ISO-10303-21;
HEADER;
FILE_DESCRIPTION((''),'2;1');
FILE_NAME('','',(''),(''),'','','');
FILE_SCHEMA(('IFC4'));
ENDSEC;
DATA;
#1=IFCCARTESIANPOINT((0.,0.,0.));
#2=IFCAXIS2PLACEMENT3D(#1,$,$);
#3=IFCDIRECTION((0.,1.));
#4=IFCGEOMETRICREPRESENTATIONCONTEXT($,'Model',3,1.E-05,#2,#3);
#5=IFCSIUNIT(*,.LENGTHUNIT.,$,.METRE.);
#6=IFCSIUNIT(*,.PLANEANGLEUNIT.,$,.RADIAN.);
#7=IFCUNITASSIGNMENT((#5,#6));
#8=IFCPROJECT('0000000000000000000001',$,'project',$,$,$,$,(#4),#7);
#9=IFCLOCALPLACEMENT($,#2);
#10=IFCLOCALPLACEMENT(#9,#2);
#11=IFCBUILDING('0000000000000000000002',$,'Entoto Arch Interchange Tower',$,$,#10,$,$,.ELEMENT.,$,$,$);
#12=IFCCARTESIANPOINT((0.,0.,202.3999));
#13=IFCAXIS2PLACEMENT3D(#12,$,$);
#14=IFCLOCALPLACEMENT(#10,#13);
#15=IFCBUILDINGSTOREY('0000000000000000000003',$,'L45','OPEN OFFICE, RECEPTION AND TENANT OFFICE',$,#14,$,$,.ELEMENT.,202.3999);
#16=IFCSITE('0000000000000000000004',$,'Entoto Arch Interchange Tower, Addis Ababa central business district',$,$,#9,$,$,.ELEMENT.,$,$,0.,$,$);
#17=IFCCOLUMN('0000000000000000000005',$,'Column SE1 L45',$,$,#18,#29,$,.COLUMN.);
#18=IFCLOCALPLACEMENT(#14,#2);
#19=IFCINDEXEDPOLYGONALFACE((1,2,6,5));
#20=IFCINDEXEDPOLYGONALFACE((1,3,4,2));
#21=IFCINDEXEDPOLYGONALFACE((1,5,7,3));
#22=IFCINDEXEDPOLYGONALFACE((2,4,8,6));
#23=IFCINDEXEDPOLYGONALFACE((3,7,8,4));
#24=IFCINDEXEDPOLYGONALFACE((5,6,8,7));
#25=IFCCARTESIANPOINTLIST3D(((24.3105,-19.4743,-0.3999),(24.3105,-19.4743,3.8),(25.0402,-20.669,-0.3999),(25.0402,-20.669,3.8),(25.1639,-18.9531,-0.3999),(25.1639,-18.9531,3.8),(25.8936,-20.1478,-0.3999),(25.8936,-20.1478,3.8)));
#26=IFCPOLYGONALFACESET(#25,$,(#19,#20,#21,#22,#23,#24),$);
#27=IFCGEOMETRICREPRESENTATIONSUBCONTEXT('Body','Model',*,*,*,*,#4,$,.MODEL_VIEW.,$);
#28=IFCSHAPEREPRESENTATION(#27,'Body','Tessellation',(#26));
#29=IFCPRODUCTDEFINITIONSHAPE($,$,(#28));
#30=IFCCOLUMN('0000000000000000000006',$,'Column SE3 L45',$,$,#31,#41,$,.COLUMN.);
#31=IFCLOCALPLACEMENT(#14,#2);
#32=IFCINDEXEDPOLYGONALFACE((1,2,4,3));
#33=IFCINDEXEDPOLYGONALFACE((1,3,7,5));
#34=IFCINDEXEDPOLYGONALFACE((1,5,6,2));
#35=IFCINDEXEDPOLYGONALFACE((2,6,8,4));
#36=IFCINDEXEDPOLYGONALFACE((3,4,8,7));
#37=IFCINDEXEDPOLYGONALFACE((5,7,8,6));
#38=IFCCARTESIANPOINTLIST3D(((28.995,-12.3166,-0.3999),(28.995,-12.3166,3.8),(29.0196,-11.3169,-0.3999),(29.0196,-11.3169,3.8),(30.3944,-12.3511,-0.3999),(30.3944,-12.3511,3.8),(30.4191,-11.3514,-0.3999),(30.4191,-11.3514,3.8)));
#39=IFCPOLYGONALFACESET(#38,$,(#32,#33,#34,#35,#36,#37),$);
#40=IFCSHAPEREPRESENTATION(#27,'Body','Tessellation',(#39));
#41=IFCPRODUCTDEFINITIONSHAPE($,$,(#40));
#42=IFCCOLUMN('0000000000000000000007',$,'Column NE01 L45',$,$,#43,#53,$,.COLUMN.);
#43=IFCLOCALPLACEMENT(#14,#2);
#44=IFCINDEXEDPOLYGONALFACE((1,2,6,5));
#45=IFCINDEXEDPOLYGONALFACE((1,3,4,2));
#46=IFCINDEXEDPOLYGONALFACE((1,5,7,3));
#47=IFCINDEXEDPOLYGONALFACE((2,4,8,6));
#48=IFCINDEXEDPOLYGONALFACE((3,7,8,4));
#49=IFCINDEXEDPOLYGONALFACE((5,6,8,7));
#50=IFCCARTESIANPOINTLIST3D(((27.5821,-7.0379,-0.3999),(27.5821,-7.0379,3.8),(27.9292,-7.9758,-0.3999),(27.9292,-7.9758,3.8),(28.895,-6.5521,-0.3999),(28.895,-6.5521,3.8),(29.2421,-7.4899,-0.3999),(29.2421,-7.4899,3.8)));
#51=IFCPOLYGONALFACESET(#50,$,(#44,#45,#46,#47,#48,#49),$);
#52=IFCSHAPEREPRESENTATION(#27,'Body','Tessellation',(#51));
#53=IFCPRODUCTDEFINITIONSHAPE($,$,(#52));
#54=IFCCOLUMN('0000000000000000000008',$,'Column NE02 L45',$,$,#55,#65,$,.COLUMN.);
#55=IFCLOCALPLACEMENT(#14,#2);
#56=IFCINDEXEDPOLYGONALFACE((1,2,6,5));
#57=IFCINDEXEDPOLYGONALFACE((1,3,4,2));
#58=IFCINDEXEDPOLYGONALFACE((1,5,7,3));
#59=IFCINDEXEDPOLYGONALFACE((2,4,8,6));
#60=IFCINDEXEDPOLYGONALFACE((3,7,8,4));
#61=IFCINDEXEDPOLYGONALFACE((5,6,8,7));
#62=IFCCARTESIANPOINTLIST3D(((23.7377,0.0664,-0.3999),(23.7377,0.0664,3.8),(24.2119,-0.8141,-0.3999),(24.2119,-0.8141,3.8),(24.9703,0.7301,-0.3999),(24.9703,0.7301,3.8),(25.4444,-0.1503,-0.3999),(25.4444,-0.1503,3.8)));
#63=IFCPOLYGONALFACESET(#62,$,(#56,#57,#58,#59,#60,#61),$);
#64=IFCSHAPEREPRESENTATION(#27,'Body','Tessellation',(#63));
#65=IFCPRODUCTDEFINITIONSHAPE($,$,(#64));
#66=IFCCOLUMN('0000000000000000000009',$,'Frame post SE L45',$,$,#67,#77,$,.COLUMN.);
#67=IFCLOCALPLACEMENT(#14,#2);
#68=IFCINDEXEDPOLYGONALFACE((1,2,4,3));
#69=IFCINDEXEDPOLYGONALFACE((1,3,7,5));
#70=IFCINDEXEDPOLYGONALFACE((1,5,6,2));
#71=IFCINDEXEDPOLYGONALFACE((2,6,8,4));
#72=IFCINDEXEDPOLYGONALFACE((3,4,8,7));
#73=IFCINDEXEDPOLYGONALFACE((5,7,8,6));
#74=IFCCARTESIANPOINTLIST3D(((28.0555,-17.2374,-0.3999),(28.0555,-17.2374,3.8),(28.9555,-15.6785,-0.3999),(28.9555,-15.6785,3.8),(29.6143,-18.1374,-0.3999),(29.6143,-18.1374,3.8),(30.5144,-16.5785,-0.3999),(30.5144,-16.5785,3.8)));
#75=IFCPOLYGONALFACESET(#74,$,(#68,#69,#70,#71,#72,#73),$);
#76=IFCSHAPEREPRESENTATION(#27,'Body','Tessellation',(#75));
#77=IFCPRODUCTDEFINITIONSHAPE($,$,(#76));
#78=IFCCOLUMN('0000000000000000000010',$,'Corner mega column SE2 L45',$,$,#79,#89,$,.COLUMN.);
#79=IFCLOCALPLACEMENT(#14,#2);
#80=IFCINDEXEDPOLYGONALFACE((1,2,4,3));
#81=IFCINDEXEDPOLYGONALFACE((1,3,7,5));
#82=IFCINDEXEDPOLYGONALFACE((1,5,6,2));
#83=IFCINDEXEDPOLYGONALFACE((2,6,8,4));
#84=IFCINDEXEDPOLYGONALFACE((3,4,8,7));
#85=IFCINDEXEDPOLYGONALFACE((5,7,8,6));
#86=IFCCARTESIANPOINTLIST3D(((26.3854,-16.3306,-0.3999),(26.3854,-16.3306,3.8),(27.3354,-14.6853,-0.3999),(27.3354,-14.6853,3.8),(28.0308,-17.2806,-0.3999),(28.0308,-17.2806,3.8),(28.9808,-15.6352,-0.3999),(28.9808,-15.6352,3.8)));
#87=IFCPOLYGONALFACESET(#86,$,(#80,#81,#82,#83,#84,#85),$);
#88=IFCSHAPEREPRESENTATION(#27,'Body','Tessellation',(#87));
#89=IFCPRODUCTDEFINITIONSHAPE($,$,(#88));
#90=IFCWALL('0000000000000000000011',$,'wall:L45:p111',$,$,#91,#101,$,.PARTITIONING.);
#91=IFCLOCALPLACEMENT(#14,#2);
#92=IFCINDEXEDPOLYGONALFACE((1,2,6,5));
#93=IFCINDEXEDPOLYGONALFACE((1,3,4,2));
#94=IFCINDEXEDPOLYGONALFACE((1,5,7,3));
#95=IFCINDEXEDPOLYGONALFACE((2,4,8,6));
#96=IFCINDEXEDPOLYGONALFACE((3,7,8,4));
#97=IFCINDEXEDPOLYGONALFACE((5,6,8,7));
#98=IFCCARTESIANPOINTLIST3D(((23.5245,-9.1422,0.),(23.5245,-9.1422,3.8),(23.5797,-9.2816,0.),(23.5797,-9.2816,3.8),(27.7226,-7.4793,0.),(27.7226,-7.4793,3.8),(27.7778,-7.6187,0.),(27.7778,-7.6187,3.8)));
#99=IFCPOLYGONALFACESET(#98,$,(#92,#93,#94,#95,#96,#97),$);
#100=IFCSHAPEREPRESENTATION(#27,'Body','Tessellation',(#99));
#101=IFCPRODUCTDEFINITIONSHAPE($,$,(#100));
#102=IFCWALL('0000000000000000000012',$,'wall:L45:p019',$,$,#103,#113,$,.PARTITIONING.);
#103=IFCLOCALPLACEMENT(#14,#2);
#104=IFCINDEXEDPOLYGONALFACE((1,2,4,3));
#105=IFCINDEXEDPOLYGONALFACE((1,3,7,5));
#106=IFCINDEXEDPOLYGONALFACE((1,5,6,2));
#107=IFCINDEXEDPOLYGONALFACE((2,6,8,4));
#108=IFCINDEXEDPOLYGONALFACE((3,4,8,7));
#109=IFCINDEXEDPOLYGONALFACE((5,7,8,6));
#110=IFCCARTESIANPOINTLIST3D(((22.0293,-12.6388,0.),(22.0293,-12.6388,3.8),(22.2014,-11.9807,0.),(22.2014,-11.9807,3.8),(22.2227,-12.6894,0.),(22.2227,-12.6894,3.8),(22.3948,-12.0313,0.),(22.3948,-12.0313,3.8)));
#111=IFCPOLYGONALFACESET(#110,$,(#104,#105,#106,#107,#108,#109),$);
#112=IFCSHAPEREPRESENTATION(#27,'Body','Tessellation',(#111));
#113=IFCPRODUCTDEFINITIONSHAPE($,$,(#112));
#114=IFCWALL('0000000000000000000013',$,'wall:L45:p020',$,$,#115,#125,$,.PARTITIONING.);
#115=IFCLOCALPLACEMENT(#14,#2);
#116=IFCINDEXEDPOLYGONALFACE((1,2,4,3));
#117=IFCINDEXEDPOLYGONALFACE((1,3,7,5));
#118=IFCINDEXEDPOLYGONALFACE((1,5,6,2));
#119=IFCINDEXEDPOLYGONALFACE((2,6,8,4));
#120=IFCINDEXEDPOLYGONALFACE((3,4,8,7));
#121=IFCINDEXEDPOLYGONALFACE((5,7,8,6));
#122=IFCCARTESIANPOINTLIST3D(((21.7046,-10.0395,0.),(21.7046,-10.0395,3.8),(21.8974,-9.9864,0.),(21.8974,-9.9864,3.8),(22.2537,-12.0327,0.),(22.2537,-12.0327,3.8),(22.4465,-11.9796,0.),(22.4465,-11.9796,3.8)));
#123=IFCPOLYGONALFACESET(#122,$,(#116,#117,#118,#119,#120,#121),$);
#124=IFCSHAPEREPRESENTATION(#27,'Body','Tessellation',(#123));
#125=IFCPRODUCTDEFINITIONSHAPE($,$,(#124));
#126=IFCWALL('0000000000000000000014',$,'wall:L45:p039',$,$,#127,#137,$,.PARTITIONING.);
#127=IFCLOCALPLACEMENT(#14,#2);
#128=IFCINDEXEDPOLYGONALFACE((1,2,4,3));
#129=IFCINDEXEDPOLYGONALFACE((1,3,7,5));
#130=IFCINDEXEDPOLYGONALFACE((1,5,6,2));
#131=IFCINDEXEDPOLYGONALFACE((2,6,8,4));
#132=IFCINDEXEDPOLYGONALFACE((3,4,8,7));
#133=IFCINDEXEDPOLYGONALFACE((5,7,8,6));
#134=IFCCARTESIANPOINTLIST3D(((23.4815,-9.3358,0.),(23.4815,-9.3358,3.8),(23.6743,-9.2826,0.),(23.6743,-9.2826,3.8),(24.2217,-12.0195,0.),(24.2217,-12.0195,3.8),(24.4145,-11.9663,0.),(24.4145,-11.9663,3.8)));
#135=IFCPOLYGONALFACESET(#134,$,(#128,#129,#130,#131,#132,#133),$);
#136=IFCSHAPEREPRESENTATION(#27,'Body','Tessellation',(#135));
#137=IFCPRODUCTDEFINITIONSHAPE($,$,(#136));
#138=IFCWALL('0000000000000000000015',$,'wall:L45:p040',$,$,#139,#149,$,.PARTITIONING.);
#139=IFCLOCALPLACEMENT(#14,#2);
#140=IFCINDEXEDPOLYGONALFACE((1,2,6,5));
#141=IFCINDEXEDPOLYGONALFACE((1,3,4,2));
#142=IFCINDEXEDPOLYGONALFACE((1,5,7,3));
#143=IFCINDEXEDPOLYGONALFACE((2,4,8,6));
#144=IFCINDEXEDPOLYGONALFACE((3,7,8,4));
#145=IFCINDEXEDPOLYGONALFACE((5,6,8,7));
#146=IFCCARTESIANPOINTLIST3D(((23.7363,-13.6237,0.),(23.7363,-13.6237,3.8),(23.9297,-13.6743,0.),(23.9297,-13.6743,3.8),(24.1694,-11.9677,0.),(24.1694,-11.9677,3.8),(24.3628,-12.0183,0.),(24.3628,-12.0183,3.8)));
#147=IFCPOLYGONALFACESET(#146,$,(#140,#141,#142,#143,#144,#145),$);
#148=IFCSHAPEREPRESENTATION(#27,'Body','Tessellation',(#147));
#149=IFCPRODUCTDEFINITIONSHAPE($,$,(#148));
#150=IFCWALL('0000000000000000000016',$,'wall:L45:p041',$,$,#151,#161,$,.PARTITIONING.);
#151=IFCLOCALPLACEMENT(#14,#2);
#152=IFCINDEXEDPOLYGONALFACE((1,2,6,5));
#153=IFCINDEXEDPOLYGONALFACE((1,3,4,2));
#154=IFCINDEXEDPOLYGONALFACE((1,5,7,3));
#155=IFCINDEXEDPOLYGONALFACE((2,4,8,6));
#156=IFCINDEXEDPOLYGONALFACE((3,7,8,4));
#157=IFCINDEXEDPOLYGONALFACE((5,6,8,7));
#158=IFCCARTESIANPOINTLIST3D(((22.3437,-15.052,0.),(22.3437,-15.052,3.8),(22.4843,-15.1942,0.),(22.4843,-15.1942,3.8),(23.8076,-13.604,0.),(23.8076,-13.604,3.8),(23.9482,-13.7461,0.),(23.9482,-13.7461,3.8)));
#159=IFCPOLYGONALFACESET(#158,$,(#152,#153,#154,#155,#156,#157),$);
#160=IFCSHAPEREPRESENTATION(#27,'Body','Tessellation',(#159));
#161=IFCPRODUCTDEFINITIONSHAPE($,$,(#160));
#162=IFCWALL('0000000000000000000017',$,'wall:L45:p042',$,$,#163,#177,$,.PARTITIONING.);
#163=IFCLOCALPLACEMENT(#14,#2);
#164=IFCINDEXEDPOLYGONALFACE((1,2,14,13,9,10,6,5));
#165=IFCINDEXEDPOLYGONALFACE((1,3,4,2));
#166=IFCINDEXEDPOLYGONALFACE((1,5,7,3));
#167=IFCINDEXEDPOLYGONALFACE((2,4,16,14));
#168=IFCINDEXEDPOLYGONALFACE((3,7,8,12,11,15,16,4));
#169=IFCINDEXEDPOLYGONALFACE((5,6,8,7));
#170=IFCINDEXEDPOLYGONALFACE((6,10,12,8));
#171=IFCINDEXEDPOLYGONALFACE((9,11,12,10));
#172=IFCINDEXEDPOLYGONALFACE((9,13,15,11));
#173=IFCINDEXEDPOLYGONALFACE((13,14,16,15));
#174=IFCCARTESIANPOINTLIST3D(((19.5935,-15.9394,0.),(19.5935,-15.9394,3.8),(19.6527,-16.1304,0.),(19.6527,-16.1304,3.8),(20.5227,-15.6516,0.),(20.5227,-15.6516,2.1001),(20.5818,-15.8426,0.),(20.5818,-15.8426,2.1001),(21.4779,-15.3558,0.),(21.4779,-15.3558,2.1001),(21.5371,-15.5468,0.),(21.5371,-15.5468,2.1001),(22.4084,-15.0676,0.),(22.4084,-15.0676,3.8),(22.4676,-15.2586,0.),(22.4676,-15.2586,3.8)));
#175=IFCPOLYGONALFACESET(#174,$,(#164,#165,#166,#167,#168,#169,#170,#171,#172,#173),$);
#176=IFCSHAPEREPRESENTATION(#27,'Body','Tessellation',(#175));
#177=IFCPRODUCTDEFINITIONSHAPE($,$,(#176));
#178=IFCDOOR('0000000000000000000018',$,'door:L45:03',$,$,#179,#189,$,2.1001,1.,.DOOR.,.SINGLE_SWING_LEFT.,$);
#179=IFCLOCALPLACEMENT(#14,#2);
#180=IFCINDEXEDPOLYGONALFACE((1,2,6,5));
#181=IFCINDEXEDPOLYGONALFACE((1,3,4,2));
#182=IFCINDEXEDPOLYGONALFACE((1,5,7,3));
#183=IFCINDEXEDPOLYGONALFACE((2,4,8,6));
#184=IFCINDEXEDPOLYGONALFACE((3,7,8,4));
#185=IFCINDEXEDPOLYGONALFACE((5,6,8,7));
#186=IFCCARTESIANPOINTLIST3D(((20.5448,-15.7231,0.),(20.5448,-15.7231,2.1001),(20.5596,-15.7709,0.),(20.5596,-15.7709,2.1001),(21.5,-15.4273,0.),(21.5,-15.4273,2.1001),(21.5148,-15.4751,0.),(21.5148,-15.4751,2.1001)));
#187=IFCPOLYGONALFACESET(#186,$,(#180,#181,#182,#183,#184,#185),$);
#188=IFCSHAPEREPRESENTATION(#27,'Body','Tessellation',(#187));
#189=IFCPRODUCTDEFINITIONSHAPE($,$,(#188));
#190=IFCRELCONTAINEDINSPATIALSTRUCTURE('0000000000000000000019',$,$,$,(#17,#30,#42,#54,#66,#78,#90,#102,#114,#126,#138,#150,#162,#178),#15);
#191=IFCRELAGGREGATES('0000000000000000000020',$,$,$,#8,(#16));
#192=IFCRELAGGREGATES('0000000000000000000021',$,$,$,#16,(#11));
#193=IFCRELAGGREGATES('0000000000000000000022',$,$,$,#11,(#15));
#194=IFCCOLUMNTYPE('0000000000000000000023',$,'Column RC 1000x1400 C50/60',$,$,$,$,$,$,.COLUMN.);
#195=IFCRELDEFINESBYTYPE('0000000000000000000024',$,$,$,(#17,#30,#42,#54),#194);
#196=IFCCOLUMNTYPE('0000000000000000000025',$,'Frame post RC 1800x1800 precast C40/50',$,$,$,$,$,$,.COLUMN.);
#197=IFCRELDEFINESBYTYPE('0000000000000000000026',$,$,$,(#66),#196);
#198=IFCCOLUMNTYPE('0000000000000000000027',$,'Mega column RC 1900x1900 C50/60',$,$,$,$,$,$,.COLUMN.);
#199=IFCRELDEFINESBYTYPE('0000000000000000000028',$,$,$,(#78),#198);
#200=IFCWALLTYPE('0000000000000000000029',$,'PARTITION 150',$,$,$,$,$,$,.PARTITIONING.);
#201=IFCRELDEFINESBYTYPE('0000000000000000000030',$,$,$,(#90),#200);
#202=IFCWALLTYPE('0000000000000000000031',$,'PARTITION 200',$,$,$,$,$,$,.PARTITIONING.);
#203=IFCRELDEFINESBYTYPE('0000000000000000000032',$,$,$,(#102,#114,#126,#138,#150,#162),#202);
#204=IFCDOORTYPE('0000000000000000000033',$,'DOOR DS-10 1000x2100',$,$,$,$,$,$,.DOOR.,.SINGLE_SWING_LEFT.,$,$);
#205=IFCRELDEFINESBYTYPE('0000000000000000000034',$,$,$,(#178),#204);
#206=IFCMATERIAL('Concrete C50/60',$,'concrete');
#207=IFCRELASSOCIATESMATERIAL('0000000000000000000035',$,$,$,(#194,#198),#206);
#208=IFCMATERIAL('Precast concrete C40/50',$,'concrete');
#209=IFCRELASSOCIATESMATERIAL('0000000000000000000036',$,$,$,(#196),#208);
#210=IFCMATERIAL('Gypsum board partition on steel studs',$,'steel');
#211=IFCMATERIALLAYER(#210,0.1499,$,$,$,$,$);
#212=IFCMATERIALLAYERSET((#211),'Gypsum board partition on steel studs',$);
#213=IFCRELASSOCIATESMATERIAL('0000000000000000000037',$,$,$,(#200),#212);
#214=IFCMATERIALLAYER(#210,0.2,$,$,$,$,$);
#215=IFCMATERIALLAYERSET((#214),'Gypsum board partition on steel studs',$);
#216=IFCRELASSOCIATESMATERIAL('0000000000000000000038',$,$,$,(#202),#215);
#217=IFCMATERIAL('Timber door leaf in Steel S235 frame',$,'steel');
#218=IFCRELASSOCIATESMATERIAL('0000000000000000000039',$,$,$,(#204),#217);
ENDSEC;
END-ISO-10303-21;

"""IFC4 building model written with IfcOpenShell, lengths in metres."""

from ifc_helpers import new_model, si_unit, direction, frame, frame_2d, origin, origin_2d, place, context, subcontext, project, spatial, rectangle, extrude, material, layer, layer_set, material_profile, profile_set, type_object, element, fill, save


model = new_model("IFC4")

# Units and contexts
model_context = context("Model", 3, precision=1e-05, world=origin(), true_north=direction((0.0, 1.0)))
body_context = subcontext(model_context, "Body", "Model", "MODEL_VIEW")
ifc_project = project(units=[si_unit("LENGTHUNIT", "METRE"), si_unit("PLANEANGLEUNIT", "RADIAN")], contexts=[model_context])

# Site, building, storey
site_placement = place(None, origin())
site = spatial("IfcSite", under=ifc_project, at=site_placement, Name="Entoto Arch Interchange Tower, Addis Ababa central business district", CompositionType="ELEMENT", RefElevation=0.0)
building_placement = place(site_placement, origin())
building = spatial("IfcBuilding", under=site, at=building_placement, Name="Entoto Arch Interchange Tower", CompositionType="ELEMENT")
storey_placement = place(building_placement, frame((0.0, 0.0, 202.3999)))
storey = spatial("IfcBuildingStorey", under=building, at=storey_placement, Name="L45", Description="OPEN OFFICE, RECEPTION AND TENANT OFFICE", CompositionType="ELEMENT", Elevation=202.3999)

# Columns
ifc_material_1 = material(Name="Concrete C50/60", Category="concrete")
ifc_material_profile_1 = material_profile(ifc_material_1, rectangle(XDim=1.0, YDim=1.3999, at=origin_2d()))
ifc_profile_set_1 = profile_set([ifc_material_profile_1], Name="Concrete C50/60")
column_type_1 = type_object("IfcColumnType", Name="Column RC 1000x1400 C50/60", PredefinedType="COLUMN", material=ifc_profile_set_1)
for number, where, z_axis, x_axis, name in (
    (1, (25.1021, -19.811, -0.3999), (0.0, 0.0, 1.0), (0.853423, 0.521218, 0.0), "Column SE1 L45"),
    (2, (29.707, -11.834, -0.3999), (0.0, 0.0, 1.0), (0.024676, 0.999695, 0.0), "Column SE3 L45"),
    (3, (28.4121, -7.2639, -0.3999), (0.0, 0.0, 1.0), (-0.347067, 0.93784, 0.0), "Column NE01 L45"),
    (4, (24.5911, -0.042, -0.3999), (0.0, 0.0, 1.0), (-0.474134, 0.880453, 0.0), "Column NE02 L45"),
):
    element("IfcColumn", number, at=place(storey_placement, frame(where, z_axis=z_axis, x_axis=x_axis)), inside=storey, type_object=column_type_1, Name=name, PredefinedType="COLUMN", context=body_context, shape_type="SweptSolid", body=[
        extrude(rectangle(XDim=1.0, YDim=1.3999, at=origin_2d()), origin(), (0.0, 0.0, 1.0), 4.2),
    ])
ifc_material_2 = material(Name="Precast concrete C40/50", Category="concrete")
ifc_material_profile_2 = material_profile(ifc_material_2, rectangle(XDim=1.8, YDim=1.8, at=origin_2d()))
ifc_profile_set_2 = profile_set([ifc_material_profile_2], Name="Precast concrete C40/50")
column_type_2 = type_object("IfcColumnType", Name="Frame post RC 1800x1800 precast C40/50", PredefinedType="COLUMN", material=ifc_profile_set_2)
column_1_placement = place(storey_placement, frame((29.2849, -16.908, -0.3999), z_axis=(0.0, 0.0, 1.0), x_axis=(-0.866025, 0.5, 0.0)))
element("IfcColumn", 5, at=column_1_placement, inside=storey, type_object=column_type_2, Name="Frame post SE L45", PredefinedType="COLUMN", context=body_context, shape_type="SweptSolid", body=[
    extrude(rectangle(XDim=1.8, YDim=1.8, at=origin_2d()), origin(), (0.0, 0.0, 1.0), 4.2),
])
ifc_material_profile_3 = material_profile(ifc_material_1, rectangle(XDim=1.8999, YDim=1.8999, at=origin_2d()))
ifc_profile_set_3 = profile_set([ifc_material_profile_3], Name="Concrete C50/60")
column_type_3 = type_object("IfcColumnType", Name="Mega column RC 1900x1900 C50/60", PredefinedType="COLUMN", material=ifc_profile_set_3)
column_2_placement = place(storey_placement, frame((27.6831, -15.9829, -0.3999), z_axis=(0.0, 0.0, 1.0), x_axis=(-0.866025, 0.5, 0.0)))
element("IfcColumn", 6, at=column_2_placement, inside=storey, type_object=column_type_3, Name="Corner mega column SE2 L45", PredefinedType="COLUMN", context=body_context, shape_type="SweptSolid", body=[
    extrude(rectangle(XDim=1.8999, YDim=1.8999, at=origin_2d()), origin(), (0.0, 0.0, 1.0), 4.2),
])

# Walls
ifc_material_3 = material(Name="Gypsum board partition on steel studs", Category="steel")
ifc_layer_1 = layer(ifc_material_3, 0.1499)
ifc_layer_set_1 = layer_set([ifc_layer_1], Name="Gypsum board partition on steel studs")
wall_type_1 = type_object("IfcWallType", Name="PARTITION 150", PredefinedType="PARTITIONING", material=ifc_layer_set_1)
wall_1_placement = place(storey_placement, frame((23.552, -9.2119, 0.0), z_axis=(0.0, 0.0, 1.0), x_axis=(0.929721, 0.368266, 0.0)))
element("IfcWall", 7, at=wall_1_placement, inside=storey, type_object=wall_type_1, Name="wall:L45:p111", PredefinedType="PARTITIONING", context=body_context, shape_type="SweptSolid", body=[
    extrude(rectangle(XDim=4.5154, YDim=0.1499, at=frame_2d((2.2578, 0.0))), origin(), (0.0, 0.0, 1.0), 3.8),
])
ifc_layer_2 = layer(ifc_material_3, 0.2)
ifc_layer_set_2 = layer_set([ifc_layer_2], Name="Gypsum board partition on steel studs")
wall_type_2 = type_object("IfcWallType", Name="PARTITION 200", PredefinedType="PARTITIONING", material=ifc_layer_set_2)
wall_2_placement = place(storey_placement, frame((22.126, -12.6641, 0.0), z_axis=(0.0, 0.0, 1.0), x_axis=(0.253079, 0.967446, 0.0)))
element("IfcWall", 8, at=wall_2_placement, inside=storey, type_object=wall_type_2, Name="wall:L45:p019", PredefinedType="PARTITIONING", context=body_context, shape_type="SweptSolid", body=[
    extrude(rectangle(XDim=0.6802, YDim=0.2, at=frame_2d((0.3401, 0.0))), origin(), (0.0, 0.0, 1.0), 3.8),
])
wall_3_placement = place(storey_placement, frame((22.3501, -12.0061, 0.0), z_axis=(0.0, 0.0, 1.0), x_axis=(-0.265585, 0.964088, 0.0)))
element("IfcWall", 9, at=wall_3_placement, inside=storey, type_object=wall_type_2, Name="wall:L45:p020", PredefinedType="PARTITIONING", context=body_context, shape_type="SweptSolid", body=[
    extrude(rectangle(XDim=2.0674, YDim=0.2, at=frame_2d((1.0337, 0.0))), origin(), (0.0, 0.0, 1.0), 3.8),
])
wall_4_placement = place(storey_placement, frame((23.5779, -9.3091, 0.0), z_axis=(0.0, 0.0, 1.0), x_axis=(0.265884, -0.964005, 0.0)))
element("IfcWall", 10, at=wall_4_placement, inside=storey, type_object=wall_type_2, Name="wall:L45:p039", PredefinedType="PARTITIONING", context=body_context, shape_type="SweptSolid", body=[
    extrude(rectangle(XDim=2.7839, YDim=0.2, at=frame_2d((1.3921, 0.0))), origin(), (0.0, 0.0, 1.0), 3.8),
])
wall_5_placement = place(storey_placement, frame((24.2661, -11.9929, 0.0), z_axis=(0.0, 0.0, 1.0), x_axis=(-0.253026, -0.96746, 0.0)))
element("IfcWall", 11, at=wall_5_placement, inside=storey, type_object=wall_type_2, Name="wall:L45:p040", PredefinedType="PARTITIONING", context=body_context, shape_type="SweptSolid", body=[
    extrude(rectangle(XDim=1.7117, YDim=0.2, at=frame_2d((0.856, 0.0))), origin(), (0.0, 0.0, 1.0), 3.8),
])
wall_6_placement = place(storey_placement, frame((23.8779, -13.675, 0.0), z_axis=(0.0, 0.0, 1.0), x_axis=(-0.71095, -0.703243, 0.0)))
element("IfcWall", 12, at=wall_6_placement, inside=storey, type_object=wall_type_2, Name="wall:L45:p041", PredefinedType="PARTITIONING", context=body_context, shape_type="SweptSolid", body=[
    extrude(rectangle(XDim=2.0591, YDim=0.2, at=frame_2d((1.0295, 0.0))), origin(), (0.0, 0.0, 1.0), 3.8),
])

# Wall, opening, door
wall_7_placement = place(storey_placement, frame((22.438, -15.1631, 0.0), z_axis=(0.0, 0.0, 1.0), x_axis=(-0.955235, -0.295849, 0.0)))
wall_7 = element("IfcWall", 13, at=wall_7_placement, inside=storey, type_object=wall_type_2, Name="wall:L45:p042", PredefinedType="PARTITIONING", context=body_context, shape_type="SweptSolid", body=[
    extrude(rectangle(XDim=2.9468, YDim=0.2, at=frame_2d((1.4734, 0.0))), origin(), (0.0, 0.0, 1.0), 3.8),
])
opening_1_placement = place(wall_7_placement, frame((0.9741, 0.0, 0.0)))
opening_1 = element("IfcOpeningElement", 14, at=opening_1_placement, cuts=wall_7, PredefinedType="OPENING", context=body_context, shape_type="SweptSolid", body=[
    extrude(rectangle(XDim=1.0, YDim=2.1001, at=frame_2d((0.5, 1.05))), frame((0.0, 0.1099, 0.0), z_axis=(0.0, -1.0, 0.0), x_axis=(1.0, 0.0, 0.0)), (0.0, 0.0, 1.0), 0.22),
])
ifc_material_4 = material(Name="Timber door leaf in Steel S235 frame", Category="steel")
door_type = type_object("IfcDoorType", Name="DOOR DS-10 1000x2100", OperationType="SINGLE_SWING_LEFT", PredefinedType="DOOR", material=ifc_material_4)
door_placement = place(opening_1_placement, origin())
door = element("IfcDoor", 15, at=door_placement, inside=storey, type_object=door_type, Name="door:L45:03", OperationType="SINGLE_SWING_LEFT", OverallHeight=2.1001, OverallWidth=1.0, PredefinedType="DOOR", context=body_context, shape_type="SweptSolid", body=[
    extrude(rectangle(XDim=1.0, YDim=2.1001, at=frame_2d((0.5, 1.05))), frame((0.0, 0.0249, 0.0), z_axis=(0.0, -1.0, 0.0), x_axis=(1.0, 0.0, 0.0)), (0.0, 0.0, 1.0), 0.05),
])
fill(opening_1, door)

save(model, "model.ifc")
